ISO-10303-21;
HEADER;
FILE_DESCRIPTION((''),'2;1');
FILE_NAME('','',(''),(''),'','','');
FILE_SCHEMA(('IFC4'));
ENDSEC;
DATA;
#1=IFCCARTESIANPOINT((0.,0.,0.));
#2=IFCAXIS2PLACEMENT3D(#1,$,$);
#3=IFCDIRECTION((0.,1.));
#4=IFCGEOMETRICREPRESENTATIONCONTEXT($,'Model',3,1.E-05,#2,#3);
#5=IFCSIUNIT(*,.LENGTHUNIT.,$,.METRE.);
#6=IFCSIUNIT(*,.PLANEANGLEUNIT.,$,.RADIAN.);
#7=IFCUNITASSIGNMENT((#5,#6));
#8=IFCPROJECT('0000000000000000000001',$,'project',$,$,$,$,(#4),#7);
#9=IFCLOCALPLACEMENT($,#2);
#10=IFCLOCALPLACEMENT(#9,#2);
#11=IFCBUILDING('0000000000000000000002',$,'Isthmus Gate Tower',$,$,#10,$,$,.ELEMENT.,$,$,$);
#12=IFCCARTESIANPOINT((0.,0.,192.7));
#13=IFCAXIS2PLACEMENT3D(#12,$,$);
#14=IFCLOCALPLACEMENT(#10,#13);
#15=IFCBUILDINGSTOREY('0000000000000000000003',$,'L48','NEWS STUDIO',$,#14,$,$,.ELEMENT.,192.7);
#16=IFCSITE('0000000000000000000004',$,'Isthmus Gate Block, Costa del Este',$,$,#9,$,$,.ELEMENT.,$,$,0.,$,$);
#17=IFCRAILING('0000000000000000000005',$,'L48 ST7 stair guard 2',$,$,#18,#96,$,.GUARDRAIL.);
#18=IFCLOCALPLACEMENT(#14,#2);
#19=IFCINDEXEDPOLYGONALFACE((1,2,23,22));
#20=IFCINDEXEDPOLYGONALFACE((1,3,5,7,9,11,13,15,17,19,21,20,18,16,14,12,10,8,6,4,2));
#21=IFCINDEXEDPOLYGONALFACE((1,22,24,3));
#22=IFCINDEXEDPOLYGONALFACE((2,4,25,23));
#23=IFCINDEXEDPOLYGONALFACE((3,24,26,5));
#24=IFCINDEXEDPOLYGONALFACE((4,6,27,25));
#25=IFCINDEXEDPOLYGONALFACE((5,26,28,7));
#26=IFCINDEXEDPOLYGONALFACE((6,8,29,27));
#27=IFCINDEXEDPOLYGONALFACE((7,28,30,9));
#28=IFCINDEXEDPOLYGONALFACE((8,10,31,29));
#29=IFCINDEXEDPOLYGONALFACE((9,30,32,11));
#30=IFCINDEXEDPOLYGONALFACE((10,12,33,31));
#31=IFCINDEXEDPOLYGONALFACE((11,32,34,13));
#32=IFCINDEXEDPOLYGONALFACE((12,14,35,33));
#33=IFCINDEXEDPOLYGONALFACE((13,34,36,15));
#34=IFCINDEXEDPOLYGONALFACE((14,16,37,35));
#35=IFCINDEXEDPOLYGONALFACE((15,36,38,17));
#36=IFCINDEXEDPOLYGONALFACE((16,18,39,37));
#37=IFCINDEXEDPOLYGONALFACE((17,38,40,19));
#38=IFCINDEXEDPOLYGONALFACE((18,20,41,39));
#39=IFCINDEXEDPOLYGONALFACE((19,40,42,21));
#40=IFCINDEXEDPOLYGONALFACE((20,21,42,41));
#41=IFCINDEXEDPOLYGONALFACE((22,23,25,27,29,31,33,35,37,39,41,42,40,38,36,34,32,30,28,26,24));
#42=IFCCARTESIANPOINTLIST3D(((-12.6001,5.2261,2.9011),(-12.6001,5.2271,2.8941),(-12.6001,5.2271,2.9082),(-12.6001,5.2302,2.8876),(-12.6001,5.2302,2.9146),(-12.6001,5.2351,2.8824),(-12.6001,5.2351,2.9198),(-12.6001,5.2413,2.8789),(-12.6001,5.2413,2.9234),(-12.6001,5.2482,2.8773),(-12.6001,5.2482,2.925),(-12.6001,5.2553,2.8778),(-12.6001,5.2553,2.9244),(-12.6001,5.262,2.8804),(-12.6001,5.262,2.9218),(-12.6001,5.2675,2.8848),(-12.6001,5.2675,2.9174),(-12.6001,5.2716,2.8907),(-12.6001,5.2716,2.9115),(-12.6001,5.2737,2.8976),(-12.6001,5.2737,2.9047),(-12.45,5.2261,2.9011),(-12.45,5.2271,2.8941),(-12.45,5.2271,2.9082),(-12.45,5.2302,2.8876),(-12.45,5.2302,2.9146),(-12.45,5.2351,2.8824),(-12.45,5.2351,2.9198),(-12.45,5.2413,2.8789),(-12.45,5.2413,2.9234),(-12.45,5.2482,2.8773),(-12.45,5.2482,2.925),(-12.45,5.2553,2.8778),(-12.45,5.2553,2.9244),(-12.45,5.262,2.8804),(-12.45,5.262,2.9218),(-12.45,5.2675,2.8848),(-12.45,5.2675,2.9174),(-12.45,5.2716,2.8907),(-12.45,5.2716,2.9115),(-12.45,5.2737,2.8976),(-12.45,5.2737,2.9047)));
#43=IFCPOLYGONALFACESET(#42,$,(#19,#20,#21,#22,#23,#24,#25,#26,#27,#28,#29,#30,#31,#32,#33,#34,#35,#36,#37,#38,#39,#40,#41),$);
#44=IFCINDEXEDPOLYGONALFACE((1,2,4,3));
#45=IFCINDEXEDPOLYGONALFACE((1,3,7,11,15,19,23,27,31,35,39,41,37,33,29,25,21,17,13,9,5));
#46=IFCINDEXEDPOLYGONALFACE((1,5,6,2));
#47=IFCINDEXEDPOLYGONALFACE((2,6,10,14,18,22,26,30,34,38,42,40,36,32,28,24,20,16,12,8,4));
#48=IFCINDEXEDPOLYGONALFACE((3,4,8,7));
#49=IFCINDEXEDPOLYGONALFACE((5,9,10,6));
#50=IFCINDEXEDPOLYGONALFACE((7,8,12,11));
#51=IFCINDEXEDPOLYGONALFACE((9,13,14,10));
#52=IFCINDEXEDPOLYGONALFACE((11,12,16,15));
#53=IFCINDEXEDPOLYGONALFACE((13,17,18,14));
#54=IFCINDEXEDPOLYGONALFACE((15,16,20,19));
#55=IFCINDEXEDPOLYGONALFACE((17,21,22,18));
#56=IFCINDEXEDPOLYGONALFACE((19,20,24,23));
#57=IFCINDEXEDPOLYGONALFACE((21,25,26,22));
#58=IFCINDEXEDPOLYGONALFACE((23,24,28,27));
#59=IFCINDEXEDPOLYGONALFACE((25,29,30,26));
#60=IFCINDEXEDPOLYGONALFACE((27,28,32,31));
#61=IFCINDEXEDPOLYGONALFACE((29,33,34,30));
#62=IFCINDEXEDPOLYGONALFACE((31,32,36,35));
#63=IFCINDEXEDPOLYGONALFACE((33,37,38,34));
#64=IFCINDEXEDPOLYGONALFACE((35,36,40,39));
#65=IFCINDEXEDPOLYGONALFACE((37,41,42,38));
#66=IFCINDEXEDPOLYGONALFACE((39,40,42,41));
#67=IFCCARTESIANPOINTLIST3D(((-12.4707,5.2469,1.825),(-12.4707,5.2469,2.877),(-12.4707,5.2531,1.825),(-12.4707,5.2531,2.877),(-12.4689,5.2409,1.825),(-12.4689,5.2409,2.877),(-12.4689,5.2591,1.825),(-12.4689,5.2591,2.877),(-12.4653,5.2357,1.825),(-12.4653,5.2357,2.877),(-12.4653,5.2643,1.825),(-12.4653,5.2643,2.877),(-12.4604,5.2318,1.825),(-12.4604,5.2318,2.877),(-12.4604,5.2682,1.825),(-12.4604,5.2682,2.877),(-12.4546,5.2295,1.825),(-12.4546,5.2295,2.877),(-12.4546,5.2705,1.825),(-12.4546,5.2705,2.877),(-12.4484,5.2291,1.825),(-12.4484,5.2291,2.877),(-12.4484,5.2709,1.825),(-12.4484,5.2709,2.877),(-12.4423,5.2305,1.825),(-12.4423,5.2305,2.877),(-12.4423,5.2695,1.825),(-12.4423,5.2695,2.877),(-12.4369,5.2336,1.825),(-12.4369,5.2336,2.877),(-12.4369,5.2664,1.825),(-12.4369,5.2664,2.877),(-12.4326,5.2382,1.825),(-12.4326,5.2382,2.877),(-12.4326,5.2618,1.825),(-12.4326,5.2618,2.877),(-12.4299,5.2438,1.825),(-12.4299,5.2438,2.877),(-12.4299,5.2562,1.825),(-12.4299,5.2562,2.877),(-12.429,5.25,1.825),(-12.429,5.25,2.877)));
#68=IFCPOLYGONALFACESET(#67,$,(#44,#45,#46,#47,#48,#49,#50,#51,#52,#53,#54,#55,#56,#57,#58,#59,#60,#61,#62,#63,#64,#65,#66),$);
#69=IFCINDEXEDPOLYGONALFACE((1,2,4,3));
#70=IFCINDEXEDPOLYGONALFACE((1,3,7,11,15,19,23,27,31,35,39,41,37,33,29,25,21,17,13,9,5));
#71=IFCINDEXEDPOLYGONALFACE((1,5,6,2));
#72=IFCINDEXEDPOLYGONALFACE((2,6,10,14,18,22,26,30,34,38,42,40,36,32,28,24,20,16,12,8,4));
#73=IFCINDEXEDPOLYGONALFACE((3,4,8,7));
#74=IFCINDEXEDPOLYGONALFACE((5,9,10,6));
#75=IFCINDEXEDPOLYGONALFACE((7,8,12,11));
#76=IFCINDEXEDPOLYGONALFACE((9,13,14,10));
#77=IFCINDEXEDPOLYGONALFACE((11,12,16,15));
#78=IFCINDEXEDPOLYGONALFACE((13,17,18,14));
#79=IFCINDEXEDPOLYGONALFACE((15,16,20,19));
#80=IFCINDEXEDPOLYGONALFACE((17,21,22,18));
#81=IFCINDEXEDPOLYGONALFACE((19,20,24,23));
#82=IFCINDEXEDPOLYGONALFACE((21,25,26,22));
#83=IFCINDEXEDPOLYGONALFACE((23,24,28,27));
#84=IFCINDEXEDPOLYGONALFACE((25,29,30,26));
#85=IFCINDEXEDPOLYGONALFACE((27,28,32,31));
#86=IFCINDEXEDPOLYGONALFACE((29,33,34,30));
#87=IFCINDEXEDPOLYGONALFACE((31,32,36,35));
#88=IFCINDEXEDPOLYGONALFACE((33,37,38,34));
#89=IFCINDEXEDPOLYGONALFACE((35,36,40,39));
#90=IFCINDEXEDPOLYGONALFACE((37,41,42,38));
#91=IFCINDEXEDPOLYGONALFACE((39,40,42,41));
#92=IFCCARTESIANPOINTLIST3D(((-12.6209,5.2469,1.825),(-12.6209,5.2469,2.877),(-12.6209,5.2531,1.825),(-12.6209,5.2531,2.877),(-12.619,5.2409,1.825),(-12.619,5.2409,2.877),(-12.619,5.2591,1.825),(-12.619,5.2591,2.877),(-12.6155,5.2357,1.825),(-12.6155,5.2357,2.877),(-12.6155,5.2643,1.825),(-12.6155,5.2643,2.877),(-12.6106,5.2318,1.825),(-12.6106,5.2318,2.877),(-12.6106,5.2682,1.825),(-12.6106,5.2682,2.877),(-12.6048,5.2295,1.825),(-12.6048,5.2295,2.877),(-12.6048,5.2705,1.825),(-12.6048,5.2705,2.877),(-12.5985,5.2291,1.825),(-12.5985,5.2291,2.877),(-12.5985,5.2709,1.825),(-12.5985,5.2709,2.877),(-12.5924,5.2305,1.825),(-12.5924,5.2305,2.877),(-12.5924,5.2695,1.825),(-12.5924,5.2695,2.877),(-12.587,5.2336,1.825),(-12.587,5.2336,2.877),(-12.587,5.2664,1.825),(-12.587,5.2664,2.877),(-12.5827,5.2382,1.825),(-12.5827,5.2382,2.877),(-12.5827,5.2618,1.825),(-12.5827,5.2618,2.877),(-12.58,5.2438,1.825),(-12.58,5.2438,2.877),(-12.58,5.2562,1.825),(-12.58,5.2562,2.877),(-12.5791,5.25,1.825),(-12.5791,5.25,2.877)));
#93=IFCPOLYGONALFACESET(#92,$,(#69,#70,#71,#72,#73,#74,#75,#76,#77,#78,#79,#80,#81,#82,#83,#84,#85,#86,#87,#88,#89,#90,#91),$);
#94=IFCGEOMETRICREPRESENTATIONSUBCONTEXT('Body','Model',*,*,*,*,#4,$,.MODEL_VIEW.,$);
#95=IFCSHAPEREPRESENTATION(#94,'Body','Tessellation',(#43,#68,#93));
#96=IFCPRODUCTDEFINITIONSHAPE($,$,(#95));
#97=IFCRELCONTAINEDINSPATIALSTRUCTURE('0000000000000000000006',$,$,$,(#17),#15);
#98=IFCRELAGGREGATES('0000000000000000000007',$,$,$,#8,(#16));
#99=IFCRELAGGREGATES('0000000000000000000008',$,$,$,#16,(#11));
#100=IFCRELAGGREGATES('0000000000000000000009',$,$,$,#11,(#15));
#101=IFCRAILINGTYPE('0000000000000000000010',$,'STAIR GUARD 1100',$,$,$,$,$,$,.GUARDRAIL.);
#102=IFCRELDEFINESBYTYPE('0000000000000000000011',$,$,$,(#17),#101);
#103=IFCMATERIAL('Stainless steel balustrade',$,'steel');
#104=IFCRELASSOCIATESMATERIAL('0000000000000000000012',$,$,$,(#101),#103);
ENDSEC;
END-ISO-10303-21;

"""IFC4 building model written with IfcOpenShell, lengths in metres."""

from ifc_helpers import new_model, si_unit, direction, frame, origin, origin_2d, place, context, subcontext, project, spatial, circle, extrude, material, type_object, element, save


model = new_model("IFC4")

# Units and contexts
model_context = context("Model", 3, precision=1e-05, world=origin(), true_north=direction((0.0, 1.0)))
body_context = subcontext(model_context, "Body", "Model", "MODEL_VIEW")
ifc_project = project(units=[si_unit("LENGTHUNIT", "METRE"), si_unit("PLANEANGLEUNIT", "RADIAN")], contexts=[model_context])

# Site, building, storey
site_placement = place(None, origin())
site = spatial("IfcSite", under=ifc_project, at=site_placement, Name="Isthmus Gate Block, Costa del Este", CompositionType="ELEMENT", RefElevation=0.0)
building_placement = place(site_placement, origin())
building = spatial("IfcBuilding", under=site, at=building_placement, Name="Isthmus Gate Tower", CompositionType="ELEMENT")
storey_placement = place(building_placement, frame((0.0, 0.0, 192.7)))
storey = spatial("IfcBuildingStorey", under=building, at=storey_placement, Name="L48", Description="NEWS STUDIO", CompositionType="ELEMENT", Elevation=192.7)

# Railing
ifc_material_1 = material(Name="Stainless steel balustrade", Category="steel")
railing_type_1 = type_object("IfcRailingType", Name="STAIR GUARD 1100", PredefinedType="GUARDRAIL", material=ifc_material_1)
railing_1_placement = place(storey_placement, frame((-12.45, 5.25, 1.825)))
element("IfcRailing", 1, at=railing_1_placement, inside=storey, type_object=railing_type_1, Name="L48 ST7 stair guard 2", PredefinedType="GUARDRAIL", context=body_context, shape_type="SweptSolid", body=[
    extrude(circle(Radius=0.0239, at=origin_2d()), frame((0.0, 0.0, 1.0762), z_axis=(-1.0, 0.0, 0.0), x_axis=(0.0, -1.0, 0.0)), (0.0, 0.0, 1.0), 0.1501),
    extrude(circle(Radius=0.021, at=origin_2d()), origin(), (0.0, 0.0, 1.0), 1.052),
    extrude(circle(Radius=0.021, at=origin_2d()), frame((-0.1501, 0.0, 0.0)), (0.0, 0.0, 1.0), 1.052),
])

save(model, "model.ifc")
